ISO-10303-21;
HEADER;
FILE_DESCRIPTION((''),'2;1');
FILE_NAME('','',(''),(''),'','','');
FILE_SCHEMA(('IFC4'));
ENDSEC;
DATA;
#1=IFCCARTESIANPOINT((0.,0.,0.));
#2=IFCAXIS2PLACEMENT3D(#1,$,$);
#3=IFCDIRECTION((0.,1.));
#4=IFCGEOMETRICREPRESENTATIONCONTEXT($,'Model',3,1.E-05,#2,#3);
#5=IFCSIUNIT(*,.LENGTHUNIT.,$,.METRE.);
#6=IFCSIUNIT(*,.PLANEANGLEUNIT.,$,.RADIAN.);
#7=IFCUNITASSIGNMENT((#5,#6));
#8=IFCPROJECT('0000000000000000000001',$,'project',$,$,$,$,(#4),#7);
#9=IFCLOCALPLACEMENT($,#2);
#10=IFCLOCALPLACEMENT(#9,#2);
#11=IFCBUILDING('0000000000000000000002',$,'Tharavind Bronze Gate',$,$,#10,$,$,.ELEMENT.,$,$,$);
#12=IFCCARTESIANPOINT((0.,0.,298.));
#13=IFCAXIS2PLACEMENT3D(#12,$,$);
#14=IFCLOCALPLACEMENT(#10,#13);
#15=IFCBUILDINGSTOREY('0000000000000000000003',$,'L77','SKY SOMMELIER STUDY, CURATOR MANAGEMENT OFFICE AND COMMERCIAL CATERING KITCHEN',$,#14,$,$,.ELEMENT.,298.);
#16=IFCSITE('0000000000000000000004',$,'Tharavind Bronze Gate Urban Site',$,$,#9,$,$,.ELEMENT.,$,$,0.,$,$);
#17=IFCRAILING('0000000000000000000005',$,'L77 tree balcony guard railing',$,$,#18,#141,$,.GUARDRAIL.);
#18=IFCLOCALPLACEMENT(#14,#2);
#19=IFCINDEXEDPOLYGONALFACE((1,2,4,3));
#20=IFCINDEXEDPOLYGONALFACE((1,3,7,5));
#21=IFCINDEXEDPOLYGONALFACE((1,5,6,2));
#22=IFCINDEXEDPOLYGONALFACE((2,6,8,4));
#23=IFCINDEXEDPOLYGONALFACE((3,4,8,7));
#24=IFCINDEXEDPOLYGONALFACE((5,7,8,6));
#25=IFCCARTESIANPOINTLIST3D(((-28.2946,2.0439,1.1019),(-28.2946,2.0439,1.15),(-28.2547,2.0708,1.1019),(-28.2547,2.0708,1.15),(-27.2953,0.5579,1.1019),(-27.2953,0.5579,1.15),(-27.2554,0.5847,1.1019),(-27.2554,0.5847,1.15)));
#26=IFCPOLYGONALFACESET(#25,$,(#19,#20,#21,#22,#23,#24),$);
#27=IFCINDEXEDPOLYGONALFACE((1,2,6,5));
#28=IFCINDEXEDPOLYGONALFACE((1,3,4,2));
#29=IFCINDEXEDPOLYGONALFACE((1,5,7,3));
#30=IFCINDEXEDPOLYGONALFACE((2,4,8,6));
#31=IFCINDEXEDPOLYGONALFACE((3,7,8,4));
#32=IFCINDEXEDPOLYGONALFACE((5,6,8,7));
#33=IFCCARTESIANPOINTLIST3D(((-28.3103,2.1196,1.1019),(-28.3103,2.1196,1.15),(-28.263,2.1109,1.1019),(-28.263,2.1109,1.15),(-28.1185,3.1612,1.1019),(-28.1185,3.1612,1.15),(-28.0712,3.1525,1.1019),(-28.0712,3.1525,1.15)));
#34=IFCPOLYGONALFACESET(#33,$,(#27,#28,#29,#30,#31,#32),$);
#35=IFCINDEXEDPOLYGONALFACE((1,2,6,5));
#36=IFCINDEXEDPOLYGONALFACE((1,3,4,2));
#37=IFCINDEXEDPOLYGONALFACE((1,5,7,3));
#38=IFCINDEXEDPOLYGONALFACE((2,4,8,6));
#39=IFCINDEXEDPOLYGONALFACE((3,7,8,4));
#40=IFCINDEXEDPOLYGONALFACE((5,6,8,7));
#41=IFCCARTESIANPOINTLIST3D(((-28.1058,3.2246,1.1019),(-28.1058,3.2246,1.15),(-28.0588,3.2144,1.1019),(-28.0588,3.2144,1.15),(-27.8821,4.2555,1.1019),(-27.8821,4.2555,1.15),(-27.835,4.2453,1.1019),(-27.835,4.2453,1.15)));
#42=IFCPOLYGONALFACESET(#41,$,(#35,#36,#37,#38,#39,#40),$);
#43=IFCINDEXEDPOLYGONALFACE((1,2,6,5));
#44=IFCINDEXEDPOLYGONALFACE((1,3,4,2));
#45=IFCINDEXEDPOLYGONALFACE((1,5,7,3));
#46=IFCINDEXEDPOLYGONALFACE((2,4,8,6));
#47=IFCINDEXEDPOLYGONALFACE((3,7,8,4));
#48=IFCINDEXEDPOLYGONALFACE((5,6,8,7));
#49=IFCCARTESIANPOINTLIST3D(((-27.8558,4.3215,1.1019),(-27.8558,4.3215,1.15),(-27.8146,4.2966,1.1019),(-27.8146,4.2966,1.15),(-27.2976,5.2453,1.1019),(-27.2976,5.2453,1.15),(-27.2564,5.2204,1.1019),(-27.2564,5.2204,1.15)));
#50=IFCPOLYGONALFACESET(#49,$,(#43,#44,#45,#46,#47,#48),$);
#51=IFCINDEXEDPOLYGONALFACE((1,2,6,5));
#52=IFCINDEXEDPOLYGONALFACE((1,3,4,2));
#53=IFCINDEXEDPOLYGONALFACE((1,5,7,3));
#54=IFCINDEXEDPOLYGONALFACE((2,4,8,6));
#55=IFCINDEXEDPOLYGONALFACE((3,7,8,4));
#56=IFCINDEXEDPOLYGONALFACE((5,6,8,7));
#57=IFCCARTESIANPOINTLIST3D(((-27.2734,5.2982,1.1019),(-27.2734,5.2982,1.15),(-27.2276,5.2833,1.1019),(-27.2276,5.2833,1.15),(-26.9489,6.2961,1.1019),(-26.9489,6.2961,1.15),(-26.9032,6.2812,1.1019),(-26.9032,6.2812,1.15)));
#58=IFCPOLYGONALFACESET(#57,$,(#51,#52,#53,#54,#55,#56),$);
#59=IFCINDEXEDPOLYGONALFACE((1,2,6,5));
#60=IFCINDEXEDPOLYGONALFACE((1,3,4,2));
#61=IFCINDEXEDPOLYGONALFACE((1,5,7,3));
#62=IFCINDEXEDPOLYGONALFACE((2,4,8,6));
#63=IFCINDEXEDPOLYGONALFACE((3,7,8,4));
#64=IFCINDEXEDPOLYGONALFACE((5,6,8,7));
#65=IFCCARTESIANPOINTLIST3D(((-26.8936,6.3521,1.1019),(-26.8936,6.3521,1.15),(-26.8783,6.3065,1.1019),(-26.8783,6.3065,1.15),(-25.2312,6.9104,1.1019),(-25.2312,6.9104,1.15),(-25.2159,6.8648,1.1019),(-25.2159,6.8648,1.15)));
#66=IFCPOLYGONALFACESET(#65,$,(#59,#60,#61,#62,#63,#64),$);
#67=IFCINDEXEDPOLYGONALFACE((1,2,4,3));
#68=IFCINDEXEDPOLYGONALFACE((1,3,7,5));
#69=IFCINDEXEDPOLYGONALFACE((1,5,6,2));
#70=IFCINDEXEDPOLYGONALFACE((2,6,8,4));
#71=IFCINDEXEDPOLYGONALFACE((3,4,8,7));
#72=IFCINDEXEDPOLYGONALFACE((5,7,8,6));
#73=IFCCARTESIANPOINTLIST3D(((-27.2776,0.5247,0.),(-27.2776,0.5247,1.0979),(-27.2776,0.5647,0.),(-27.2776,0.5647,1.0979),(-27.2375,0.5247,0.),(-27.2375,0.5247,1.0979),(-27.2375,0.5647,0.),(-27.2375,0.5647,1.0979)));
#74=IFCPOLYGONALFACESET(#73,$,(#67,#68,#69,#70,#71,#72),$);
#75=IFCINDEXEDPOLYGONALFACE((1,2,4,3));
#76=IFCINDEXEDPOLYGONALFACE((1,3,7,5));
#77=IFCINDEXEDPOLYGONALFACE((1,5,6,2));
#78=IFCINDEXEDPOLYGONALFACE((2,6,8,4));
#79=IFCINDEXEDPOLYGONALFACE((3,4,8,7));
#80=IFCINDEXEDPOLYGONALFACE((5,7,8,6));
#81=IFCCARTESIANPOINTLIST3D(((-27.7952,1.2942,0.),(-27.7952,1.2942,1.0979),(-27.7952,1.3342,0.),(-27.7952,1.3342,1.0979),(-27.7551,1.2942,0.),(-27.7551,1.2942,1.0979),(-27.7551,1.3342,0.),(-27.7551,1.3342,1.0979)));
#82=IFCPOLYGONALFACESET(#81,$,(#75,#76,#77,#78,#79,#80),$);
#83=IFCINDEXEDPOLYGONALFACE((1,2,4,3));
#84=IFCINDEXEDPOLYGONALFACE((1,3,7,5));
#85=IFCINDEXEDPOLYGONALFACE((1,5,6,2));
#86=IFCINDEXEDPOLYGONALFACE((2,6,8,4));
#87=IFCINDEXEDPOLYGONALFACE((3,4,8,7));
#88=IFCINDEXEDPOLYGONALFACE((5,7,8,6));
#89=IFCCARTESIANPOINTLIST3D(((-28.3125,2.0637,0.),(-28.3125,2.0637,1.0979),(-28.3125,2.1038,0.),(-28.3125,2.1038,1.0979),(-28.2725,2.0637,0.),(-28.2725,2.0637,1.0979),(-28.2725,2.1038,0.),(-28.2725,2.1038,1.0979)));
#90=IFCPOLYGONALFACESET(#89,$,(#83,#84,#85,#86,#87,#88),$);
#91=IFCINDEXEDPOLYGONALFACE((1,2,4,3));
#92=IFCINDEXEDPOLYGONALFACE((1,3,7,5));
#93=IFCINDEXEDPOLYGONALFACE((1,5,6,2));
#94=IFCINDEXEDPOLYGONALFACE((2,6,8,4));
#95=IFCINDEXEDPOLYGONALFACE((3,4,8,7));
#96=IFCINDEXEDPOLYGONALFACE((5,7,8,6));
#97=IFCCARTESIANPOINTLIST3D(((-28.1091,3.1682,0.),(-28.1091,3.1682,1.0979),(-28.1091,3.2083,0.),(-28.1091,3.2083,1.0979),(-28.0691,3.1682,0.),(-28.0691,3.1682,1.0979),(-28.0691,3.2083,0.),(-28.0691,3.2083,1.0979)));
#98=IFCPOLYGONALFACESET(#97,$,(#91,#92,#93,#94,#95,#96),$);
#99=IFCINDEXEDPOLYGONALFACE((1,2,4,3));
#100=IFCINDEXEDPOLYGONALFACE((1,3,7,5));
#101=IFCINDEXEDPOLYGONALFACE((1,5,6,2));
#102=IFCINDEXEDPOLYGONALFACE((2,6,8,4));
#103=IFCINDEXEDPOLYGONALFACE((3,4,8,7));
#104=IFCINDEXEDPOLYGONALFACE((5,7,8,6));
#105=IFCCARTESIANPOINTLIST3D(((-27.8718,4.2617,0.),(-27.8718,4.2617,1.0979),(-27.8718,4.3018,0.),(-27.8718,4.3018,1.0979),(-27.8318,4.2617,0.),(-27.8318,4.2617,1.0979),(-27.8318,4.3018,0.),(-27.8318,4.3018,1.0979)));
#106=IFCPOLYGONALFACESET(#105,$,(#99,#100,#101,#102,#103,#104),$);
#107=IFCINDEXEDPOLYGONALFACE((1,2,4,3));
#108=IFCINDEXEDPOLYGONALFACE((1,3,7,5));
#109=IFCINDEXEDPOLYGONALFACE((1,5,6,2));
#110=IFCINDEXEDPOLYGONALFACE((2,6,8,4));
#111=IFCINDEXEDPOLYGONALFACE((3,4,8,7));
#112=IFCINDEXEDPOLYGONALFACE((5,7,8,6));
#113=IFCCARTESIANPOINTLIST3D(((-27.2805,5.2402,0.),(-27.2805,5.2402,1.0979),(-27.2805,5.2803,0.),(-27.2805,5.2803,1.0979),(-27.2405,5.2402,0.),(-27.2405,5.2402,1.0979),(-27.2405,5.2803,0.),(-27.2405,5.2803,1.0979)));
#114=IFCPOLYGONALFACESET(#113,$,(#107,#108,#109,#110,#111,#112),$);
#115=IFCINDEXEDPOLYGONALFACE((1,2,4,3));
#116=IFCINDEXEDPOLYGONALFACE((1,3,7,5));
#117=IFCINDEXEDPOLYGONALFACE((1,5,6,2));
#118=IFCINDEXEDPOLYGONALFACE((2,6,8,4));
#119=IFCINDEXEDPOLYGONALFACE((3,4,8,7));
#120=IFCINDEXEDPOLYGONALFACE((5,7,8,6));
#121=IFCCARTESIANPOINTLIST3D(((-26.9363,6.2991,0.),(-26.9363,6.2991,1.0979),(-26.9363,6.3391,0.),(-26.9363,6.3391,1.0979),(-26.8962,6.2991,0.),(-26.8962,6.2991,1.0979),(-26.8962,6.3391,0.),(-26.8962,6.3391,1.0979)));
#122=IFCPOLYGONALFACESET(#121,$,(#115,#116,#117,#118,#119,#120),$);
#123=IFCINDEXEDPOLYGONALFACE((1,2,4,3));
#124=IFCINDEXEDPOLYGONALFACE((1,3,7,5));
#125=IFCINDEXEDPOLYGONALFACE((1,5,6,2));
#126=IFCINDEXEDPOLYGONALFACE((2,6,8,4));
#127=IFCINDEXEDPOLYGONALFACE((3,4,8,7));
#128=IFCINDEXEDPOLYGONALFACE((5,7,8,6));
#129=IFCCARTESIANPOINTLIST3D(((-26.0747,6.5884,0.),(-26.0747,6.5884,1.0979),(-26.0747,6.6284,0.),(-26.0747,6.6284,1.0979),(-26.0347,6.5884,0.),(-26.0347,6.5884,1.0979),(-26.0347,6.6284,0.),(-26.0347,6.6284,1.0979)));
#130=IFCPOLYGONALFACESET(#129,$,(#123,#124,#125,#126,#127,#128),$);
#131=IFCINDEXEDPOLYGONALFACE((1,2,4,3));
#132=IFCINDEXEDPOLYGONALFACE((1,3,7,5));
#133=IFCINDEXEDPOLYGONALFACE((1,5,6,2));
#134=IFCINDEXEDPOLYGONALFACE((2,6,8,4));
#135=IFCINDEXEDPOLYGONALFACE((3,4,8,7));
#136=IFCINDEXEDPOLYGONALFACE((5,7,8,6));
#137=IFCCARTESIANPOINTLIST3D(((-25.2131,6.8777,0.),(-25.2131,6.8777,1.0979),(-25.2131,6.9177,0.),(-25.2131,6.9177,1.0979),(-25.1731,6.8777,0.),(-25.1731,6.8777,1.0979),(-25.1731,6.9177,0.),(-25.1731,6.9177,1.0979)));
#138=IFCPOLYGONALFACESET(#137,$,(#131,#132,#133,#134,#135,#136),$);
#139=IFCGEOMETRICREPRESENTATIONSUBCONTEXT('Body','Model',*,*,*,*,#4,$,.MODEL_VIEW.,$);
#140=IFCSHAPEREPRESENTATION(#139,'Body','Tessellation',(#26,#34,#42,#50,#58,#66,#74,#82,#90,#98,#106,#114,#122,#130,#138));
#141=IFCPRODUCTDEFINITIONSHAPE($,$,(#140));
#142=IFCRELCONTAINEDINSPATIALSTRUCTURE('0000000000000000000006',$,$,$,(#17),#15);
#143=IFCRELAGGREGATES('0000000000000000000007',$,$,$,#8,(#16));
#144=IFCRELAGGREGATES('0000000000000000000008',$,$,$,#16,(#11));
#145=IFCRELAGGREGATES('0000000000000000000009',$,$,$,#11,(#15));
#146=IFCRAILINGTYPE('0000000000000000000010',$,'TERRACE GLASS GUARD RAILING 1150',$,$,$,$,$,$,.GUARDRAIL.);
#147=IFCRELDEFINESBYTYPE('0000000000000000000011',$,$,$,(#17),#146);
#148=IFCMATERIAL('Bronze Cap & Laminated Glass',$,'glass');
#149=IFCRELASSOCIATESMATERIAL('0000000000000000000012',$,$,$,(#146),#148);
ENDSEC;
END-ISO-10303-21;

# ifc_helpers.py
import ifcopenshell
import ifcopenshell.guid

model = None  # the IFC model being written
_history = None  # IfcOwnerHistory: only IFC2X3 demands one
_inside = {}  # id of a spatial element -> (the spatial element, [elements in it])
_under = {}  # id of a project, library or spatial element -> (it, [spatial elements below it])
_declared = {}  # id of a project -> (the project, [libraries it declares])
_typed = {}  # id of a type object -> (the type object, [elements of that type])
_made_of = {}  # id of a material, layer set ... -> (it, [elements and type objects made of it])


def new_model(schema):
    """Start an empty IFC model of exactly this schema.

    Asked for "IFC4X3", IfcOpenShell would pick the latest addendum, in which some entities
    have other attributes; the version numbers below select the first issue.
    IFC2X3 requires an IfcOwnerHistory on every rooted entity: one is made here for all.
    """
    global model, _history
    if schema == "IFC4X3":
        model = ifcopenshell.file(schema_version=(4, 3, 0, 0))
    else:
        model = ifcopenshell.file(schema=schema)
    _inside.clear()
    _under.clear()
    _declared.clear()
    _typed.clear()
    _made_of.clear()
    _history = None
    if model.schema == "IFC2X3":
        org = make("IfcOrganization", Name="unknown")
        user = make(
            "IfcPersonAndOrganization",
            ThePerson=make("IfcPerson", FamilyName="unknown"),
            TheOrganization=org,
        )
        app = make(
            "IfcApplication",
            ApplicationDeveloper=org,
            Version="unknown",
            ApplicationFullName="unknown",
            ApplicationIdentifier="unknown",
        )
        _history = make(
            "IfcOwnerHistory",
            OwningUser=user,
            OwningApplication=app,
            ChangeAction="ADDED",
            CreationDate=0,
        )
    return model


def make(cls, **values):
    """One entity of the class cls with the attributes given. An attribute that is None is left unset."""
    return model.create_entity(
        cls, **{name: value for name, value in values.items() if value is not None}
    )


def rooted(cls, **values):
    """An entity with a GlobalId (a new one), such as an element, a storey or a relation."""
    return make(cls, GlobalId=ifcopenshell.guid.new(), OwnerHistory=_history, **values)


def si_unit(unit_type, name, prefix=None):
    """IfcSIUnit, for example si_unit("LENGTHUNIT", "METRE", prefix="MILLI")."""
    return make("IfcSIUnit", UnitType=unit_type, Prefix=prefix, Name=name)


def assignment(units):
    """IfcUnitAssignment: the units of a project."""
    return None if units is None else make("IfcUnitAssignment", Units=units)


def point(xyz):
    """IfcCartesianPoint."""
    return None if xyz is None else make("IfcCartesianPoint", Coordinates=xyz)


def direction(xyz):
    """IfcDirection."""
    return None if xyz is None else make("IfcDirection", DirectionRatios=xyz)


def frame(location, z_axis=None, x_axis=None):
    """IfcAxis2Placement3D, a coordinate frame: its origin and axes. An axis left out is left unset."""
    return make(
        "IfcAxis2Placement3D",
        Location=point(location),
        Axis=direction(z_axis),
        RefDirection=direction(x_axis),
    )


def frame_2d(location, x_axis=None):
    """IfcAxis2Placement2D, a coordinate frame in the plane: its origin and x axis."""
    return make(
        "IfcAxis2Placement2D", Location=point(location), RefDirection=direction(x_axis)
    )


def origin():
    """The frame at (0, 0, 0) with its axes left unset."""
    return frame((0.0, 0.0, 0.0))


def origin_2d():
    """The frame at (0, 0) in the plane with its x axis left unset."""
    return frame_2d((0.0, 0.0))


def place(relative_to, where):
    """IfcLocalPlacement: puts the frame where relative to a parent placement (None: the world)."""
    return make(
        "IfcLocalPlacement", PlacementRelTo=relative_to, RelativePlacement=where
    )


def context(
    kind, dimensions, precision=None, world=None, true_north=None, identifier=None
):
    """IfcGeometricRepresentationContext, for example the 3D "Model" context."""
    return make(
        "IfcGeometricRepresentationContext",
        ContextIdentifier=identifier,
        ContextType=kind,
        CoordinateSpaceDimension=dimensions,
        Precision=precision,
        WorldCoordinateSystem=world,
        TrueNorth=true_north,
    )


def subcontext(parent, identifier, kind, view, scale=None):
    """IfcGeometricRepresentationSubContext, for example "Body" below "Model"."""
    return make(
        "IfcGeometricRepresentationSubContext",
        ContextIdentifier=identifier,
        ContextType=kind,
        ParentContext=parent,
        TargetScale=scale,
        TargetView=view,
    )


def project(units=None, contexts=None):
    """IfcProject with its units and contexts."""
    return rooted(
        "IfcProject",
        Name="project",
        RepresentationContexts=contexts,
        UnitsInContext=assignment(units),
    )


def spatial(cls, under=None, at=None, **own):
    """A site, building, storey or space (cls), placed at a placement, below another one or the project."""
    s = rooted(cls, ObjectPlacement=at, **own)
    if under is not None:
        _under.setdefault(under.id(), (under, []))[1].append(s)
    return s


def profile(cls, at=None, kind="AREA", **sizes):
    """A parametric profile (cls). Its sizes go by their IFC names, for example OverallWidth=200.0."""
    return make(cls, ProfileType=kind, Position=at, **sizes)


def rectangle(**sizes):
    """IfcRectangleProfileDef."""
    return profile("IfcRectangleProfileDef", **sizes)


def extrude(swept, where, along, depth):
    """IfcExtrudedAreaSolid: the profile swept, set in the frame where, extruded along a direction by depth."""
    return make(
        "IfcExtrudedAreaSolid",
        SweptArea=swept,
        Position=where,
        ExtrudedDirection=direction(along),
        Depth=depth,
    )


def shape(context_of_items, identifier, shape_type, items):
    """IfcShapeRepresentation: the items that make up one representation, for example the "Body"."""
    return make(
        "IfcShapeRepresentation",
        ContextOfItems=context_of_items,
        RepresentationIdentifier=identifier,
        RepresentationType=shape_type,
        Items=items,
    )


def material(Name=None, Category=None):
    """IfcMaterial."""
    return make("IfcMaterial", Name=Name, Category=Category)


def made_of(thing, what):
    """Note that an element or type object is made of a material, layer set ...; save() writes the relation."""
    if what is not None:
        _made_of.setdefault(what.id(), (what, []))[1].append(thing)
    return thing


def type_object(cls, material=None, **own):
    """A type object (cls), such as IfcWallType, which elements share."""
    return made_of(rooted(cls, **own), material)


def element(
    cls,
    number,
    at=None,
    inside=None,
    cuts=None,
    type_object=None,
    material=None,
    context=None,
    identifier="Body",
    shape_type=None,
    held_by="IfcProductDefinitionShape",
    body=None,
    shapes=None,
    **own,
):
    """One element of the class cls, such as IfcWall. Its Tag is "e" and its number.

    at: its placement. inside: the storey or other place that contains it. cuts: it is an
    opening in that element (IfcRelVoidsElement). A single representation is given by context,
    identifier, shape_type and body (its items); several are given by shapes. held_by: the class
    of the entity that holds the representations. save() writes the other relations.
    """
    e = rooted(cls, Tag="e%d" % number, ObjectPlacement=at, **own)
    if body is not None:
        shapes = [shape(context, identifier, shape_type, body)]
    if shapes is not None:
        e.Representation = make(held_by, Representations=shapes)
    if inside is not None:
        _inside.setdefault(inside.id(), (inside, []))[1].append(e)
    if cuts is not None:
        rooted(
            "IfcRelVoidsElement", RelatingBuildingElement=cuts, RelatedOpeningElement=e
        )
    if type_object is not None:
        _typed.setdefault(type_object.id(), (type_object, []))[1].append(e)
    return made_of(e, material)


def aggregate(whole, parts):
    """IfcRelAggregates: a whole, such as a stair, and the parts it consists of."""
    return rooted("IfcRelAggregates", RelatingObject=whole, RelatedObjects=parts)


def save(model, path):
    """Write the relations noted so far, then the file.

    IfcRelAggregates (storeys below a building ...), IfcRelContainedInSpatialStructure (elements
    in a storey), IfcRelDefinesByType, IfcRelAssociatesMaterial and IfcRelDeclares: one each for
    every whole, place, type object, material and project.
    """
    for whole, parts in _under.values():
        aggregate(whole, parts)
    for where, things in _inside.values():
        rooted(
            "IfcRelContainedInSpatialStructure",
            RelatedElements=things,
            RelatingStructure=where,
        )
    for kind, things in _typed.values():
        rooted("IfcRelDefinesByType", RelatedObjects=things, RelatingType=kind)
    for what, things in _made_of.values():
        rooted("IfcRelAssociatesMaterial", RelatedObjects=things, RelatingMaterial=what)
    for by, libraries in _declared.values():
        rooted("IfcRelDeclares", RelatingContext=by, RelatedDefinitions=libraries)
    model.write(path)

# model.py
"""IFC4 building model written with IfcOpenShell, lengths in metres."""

from ifc_helpers import new_model, si_unit, direction, frame, origin, origin_2d, place, context, subcontext, project, spatial, rectangle, extrude, material, type_object, element, save


model = new_model("IFC4")

# Units and contexts
model_context = context("Model", 3, precision=1e-05, world=origin(), true_north=direction((0.0, 1.0)))
body_context = subcontext(model_context, "Body", "Model", "MODEL_VIEW")
ifc_project = project(units=[si_unit("LENGTHUNIT", "METRE"), si_unit("PLANEANGLEUNIT", "RADIAN")], contexts=[model_context])

# Site, building, storey
site_placement = place(None, origin())
site = spatial("IfcSite", under=ifc_project, at=site_placement, Name="Tharavind Bronze Gate Urban Site", CompositionType="ELEMENT", RefElevation=0.0)
building_placement = place(site_placement, origin())
building = spatial("IfcBuilding", under=site, at=building_placement, Name="Tharavind Bronze Gate", CompositionType="ELEMENT")
storey_placement = place(building_placement, frame((0.0, 0.0, 298.0)))
storey = spatial("IfcBuildingStorey", under=building, at=storey_placement, Name="L77", Description="SKY SOMMELIER STUDY, CURATOR MANAGEMENT OFFICE AND COMMERCIAL CATERING KITCHEN", CompositionType="ELEMENT", Elevation=298.0)

# Railing
ifc_material_1 = material(Name="Bronze Cap & Laminated Glass", Category="glass")
railing_type = type_object("IfcRailingType", Name="TERRACE GLASS GUARD RAILING 1150", PredefinedType="GUARDRAIL", material=ifc_material_1)
railing_placement = place(storey_placement, frame((-27.2576, 0.5447, 0.0)))
element("IfcRailing", 1, at=railing_placement, inside=storey, type_object=railing_type, Name="L77 tree balcony guard railing", PredefinedType="GUARDRAIL", context=body_context, shape_type="SweptSolid", body=[
    extrude(rectangle(XDim=0.0481, YDim=0.0481, at=origin_2d()), frame((-0.0178, 0.0266, 1.126), z_axis=(-0.558007, 0.829836, 0.0), x_axis=(-0.829836, -0.558007, 0.0)), (0.0, 0.0, 1.0), 1.7908),
    extrude(rectangle(XDim=0.0481, YDim=0.0481, at=origin_2d()), frame((-1.0291, 1.5706, 1.126), z_axis=(0.181085, 0.983467, 0.0), x_axis=(-0.983467, 0.181085, 0.0)), (0.0, 0.0, 1.0), 1.0591),
    extrude(rectangle(XDim=0.0481, YDim=0.0481, at=origin_2d()), frame((-0.8247, 2.6748, 1.126), z_axis=(0.212076, 0.977253, 0.0), x_axis=(-0.977253, 0.212076, 0.0)), (0.0, 0.0, 1.0), 1.0549),
    extrude(rectangle(XDim=0.0481, YDim=0.0481, at=origin_2d()), frame((-0.5776, 3.7644, 1.126), z_axis=(0.517194, 0.855868, 0.0), x_axis=(-0.855868, 0.517194, 0.0)), (0.0, 0.0, 1.0), 1.0793),
    extrude(rectangle(XDim=0.0481, YDim=0.0481, at=origin_2d()), frame((0.0071, 4.7461, 1.126), z_axis=(0.30918, 0.951003, 0.0), x_axis=(-0.951003, 0.30918, 0.0)), (0.0, 0.0, 1.0), 1.0493),
    extrude(rectangle(XDim=0.0481, YDim=0.0481, at=origin_2d()), frame((0.3716, 5.7847, 1.126), z_axis=(0.947983, 0.318322, 0.0), x_axis=(-0.318322, 0.947983, 0.0)), (0.0, 0.0, 1.0), 1.7537),
    extrude(rectangle(XDim=0.04, YDim=0.04, at=origin_2d()), origin(), (0.0, 0.0, 1.0), 1.0979),
    extrude(rectangle(XDim=0.04, YDim=0.04, at=origin_2d()), frame((-0.5176, 0.7695, 0.0)), (0.0, 0.0, 1.0), 1.0979),
    extrude(rectangle(XDim=0.04, YDim=0.04, at=origin_2d()), frame((-1.0349, 1.5391, 0.0)), (0.0, 0.0, 1.0), 1.0979),
    extrude(rectangle(XDim=0.04, YDim=0.04, at=origin_2d()), frame((-0.8315, 2.6436, 0.0)), (0.0, 0.0, 1.0), 1.0979),
    extrude(rectangle(XDim=0.04, YDim=0.04, at=origin_2d()), frame((-0.5942, 3.7371, 0.0)), (0.0, 0.0, 1.0), 1.0979),
    extrude(rectangle(XDim=0.04, YDim=0.04, at=origin_2d()), frame((-0.0029, 4.7156, 0.0)), (0.0, 0.0, 1.0), 1.0979),
    extrude(rectangle(XDim=0.04, YDim=0.04, at=origin_2d()), frame((0.3413, 5.7744, 0.0)), (0.0, 0.0, 1.0), 1.0979),
    extrude(rectangle(XDim=0.04, YDim=0.04, at=origin_2d()), frame((1.2029, 6.0637, 0.0)), (0.0, 0.0, 1.0), 1.0979),
    extrude(rectangle(XDim=0.04, YDim=0.04, at=origin_2d()), frame((2.0645, 6.353, 0.0)), (0.0, 0.0, 1.0), 1.0979),
])

save(model, "model.ifc")
